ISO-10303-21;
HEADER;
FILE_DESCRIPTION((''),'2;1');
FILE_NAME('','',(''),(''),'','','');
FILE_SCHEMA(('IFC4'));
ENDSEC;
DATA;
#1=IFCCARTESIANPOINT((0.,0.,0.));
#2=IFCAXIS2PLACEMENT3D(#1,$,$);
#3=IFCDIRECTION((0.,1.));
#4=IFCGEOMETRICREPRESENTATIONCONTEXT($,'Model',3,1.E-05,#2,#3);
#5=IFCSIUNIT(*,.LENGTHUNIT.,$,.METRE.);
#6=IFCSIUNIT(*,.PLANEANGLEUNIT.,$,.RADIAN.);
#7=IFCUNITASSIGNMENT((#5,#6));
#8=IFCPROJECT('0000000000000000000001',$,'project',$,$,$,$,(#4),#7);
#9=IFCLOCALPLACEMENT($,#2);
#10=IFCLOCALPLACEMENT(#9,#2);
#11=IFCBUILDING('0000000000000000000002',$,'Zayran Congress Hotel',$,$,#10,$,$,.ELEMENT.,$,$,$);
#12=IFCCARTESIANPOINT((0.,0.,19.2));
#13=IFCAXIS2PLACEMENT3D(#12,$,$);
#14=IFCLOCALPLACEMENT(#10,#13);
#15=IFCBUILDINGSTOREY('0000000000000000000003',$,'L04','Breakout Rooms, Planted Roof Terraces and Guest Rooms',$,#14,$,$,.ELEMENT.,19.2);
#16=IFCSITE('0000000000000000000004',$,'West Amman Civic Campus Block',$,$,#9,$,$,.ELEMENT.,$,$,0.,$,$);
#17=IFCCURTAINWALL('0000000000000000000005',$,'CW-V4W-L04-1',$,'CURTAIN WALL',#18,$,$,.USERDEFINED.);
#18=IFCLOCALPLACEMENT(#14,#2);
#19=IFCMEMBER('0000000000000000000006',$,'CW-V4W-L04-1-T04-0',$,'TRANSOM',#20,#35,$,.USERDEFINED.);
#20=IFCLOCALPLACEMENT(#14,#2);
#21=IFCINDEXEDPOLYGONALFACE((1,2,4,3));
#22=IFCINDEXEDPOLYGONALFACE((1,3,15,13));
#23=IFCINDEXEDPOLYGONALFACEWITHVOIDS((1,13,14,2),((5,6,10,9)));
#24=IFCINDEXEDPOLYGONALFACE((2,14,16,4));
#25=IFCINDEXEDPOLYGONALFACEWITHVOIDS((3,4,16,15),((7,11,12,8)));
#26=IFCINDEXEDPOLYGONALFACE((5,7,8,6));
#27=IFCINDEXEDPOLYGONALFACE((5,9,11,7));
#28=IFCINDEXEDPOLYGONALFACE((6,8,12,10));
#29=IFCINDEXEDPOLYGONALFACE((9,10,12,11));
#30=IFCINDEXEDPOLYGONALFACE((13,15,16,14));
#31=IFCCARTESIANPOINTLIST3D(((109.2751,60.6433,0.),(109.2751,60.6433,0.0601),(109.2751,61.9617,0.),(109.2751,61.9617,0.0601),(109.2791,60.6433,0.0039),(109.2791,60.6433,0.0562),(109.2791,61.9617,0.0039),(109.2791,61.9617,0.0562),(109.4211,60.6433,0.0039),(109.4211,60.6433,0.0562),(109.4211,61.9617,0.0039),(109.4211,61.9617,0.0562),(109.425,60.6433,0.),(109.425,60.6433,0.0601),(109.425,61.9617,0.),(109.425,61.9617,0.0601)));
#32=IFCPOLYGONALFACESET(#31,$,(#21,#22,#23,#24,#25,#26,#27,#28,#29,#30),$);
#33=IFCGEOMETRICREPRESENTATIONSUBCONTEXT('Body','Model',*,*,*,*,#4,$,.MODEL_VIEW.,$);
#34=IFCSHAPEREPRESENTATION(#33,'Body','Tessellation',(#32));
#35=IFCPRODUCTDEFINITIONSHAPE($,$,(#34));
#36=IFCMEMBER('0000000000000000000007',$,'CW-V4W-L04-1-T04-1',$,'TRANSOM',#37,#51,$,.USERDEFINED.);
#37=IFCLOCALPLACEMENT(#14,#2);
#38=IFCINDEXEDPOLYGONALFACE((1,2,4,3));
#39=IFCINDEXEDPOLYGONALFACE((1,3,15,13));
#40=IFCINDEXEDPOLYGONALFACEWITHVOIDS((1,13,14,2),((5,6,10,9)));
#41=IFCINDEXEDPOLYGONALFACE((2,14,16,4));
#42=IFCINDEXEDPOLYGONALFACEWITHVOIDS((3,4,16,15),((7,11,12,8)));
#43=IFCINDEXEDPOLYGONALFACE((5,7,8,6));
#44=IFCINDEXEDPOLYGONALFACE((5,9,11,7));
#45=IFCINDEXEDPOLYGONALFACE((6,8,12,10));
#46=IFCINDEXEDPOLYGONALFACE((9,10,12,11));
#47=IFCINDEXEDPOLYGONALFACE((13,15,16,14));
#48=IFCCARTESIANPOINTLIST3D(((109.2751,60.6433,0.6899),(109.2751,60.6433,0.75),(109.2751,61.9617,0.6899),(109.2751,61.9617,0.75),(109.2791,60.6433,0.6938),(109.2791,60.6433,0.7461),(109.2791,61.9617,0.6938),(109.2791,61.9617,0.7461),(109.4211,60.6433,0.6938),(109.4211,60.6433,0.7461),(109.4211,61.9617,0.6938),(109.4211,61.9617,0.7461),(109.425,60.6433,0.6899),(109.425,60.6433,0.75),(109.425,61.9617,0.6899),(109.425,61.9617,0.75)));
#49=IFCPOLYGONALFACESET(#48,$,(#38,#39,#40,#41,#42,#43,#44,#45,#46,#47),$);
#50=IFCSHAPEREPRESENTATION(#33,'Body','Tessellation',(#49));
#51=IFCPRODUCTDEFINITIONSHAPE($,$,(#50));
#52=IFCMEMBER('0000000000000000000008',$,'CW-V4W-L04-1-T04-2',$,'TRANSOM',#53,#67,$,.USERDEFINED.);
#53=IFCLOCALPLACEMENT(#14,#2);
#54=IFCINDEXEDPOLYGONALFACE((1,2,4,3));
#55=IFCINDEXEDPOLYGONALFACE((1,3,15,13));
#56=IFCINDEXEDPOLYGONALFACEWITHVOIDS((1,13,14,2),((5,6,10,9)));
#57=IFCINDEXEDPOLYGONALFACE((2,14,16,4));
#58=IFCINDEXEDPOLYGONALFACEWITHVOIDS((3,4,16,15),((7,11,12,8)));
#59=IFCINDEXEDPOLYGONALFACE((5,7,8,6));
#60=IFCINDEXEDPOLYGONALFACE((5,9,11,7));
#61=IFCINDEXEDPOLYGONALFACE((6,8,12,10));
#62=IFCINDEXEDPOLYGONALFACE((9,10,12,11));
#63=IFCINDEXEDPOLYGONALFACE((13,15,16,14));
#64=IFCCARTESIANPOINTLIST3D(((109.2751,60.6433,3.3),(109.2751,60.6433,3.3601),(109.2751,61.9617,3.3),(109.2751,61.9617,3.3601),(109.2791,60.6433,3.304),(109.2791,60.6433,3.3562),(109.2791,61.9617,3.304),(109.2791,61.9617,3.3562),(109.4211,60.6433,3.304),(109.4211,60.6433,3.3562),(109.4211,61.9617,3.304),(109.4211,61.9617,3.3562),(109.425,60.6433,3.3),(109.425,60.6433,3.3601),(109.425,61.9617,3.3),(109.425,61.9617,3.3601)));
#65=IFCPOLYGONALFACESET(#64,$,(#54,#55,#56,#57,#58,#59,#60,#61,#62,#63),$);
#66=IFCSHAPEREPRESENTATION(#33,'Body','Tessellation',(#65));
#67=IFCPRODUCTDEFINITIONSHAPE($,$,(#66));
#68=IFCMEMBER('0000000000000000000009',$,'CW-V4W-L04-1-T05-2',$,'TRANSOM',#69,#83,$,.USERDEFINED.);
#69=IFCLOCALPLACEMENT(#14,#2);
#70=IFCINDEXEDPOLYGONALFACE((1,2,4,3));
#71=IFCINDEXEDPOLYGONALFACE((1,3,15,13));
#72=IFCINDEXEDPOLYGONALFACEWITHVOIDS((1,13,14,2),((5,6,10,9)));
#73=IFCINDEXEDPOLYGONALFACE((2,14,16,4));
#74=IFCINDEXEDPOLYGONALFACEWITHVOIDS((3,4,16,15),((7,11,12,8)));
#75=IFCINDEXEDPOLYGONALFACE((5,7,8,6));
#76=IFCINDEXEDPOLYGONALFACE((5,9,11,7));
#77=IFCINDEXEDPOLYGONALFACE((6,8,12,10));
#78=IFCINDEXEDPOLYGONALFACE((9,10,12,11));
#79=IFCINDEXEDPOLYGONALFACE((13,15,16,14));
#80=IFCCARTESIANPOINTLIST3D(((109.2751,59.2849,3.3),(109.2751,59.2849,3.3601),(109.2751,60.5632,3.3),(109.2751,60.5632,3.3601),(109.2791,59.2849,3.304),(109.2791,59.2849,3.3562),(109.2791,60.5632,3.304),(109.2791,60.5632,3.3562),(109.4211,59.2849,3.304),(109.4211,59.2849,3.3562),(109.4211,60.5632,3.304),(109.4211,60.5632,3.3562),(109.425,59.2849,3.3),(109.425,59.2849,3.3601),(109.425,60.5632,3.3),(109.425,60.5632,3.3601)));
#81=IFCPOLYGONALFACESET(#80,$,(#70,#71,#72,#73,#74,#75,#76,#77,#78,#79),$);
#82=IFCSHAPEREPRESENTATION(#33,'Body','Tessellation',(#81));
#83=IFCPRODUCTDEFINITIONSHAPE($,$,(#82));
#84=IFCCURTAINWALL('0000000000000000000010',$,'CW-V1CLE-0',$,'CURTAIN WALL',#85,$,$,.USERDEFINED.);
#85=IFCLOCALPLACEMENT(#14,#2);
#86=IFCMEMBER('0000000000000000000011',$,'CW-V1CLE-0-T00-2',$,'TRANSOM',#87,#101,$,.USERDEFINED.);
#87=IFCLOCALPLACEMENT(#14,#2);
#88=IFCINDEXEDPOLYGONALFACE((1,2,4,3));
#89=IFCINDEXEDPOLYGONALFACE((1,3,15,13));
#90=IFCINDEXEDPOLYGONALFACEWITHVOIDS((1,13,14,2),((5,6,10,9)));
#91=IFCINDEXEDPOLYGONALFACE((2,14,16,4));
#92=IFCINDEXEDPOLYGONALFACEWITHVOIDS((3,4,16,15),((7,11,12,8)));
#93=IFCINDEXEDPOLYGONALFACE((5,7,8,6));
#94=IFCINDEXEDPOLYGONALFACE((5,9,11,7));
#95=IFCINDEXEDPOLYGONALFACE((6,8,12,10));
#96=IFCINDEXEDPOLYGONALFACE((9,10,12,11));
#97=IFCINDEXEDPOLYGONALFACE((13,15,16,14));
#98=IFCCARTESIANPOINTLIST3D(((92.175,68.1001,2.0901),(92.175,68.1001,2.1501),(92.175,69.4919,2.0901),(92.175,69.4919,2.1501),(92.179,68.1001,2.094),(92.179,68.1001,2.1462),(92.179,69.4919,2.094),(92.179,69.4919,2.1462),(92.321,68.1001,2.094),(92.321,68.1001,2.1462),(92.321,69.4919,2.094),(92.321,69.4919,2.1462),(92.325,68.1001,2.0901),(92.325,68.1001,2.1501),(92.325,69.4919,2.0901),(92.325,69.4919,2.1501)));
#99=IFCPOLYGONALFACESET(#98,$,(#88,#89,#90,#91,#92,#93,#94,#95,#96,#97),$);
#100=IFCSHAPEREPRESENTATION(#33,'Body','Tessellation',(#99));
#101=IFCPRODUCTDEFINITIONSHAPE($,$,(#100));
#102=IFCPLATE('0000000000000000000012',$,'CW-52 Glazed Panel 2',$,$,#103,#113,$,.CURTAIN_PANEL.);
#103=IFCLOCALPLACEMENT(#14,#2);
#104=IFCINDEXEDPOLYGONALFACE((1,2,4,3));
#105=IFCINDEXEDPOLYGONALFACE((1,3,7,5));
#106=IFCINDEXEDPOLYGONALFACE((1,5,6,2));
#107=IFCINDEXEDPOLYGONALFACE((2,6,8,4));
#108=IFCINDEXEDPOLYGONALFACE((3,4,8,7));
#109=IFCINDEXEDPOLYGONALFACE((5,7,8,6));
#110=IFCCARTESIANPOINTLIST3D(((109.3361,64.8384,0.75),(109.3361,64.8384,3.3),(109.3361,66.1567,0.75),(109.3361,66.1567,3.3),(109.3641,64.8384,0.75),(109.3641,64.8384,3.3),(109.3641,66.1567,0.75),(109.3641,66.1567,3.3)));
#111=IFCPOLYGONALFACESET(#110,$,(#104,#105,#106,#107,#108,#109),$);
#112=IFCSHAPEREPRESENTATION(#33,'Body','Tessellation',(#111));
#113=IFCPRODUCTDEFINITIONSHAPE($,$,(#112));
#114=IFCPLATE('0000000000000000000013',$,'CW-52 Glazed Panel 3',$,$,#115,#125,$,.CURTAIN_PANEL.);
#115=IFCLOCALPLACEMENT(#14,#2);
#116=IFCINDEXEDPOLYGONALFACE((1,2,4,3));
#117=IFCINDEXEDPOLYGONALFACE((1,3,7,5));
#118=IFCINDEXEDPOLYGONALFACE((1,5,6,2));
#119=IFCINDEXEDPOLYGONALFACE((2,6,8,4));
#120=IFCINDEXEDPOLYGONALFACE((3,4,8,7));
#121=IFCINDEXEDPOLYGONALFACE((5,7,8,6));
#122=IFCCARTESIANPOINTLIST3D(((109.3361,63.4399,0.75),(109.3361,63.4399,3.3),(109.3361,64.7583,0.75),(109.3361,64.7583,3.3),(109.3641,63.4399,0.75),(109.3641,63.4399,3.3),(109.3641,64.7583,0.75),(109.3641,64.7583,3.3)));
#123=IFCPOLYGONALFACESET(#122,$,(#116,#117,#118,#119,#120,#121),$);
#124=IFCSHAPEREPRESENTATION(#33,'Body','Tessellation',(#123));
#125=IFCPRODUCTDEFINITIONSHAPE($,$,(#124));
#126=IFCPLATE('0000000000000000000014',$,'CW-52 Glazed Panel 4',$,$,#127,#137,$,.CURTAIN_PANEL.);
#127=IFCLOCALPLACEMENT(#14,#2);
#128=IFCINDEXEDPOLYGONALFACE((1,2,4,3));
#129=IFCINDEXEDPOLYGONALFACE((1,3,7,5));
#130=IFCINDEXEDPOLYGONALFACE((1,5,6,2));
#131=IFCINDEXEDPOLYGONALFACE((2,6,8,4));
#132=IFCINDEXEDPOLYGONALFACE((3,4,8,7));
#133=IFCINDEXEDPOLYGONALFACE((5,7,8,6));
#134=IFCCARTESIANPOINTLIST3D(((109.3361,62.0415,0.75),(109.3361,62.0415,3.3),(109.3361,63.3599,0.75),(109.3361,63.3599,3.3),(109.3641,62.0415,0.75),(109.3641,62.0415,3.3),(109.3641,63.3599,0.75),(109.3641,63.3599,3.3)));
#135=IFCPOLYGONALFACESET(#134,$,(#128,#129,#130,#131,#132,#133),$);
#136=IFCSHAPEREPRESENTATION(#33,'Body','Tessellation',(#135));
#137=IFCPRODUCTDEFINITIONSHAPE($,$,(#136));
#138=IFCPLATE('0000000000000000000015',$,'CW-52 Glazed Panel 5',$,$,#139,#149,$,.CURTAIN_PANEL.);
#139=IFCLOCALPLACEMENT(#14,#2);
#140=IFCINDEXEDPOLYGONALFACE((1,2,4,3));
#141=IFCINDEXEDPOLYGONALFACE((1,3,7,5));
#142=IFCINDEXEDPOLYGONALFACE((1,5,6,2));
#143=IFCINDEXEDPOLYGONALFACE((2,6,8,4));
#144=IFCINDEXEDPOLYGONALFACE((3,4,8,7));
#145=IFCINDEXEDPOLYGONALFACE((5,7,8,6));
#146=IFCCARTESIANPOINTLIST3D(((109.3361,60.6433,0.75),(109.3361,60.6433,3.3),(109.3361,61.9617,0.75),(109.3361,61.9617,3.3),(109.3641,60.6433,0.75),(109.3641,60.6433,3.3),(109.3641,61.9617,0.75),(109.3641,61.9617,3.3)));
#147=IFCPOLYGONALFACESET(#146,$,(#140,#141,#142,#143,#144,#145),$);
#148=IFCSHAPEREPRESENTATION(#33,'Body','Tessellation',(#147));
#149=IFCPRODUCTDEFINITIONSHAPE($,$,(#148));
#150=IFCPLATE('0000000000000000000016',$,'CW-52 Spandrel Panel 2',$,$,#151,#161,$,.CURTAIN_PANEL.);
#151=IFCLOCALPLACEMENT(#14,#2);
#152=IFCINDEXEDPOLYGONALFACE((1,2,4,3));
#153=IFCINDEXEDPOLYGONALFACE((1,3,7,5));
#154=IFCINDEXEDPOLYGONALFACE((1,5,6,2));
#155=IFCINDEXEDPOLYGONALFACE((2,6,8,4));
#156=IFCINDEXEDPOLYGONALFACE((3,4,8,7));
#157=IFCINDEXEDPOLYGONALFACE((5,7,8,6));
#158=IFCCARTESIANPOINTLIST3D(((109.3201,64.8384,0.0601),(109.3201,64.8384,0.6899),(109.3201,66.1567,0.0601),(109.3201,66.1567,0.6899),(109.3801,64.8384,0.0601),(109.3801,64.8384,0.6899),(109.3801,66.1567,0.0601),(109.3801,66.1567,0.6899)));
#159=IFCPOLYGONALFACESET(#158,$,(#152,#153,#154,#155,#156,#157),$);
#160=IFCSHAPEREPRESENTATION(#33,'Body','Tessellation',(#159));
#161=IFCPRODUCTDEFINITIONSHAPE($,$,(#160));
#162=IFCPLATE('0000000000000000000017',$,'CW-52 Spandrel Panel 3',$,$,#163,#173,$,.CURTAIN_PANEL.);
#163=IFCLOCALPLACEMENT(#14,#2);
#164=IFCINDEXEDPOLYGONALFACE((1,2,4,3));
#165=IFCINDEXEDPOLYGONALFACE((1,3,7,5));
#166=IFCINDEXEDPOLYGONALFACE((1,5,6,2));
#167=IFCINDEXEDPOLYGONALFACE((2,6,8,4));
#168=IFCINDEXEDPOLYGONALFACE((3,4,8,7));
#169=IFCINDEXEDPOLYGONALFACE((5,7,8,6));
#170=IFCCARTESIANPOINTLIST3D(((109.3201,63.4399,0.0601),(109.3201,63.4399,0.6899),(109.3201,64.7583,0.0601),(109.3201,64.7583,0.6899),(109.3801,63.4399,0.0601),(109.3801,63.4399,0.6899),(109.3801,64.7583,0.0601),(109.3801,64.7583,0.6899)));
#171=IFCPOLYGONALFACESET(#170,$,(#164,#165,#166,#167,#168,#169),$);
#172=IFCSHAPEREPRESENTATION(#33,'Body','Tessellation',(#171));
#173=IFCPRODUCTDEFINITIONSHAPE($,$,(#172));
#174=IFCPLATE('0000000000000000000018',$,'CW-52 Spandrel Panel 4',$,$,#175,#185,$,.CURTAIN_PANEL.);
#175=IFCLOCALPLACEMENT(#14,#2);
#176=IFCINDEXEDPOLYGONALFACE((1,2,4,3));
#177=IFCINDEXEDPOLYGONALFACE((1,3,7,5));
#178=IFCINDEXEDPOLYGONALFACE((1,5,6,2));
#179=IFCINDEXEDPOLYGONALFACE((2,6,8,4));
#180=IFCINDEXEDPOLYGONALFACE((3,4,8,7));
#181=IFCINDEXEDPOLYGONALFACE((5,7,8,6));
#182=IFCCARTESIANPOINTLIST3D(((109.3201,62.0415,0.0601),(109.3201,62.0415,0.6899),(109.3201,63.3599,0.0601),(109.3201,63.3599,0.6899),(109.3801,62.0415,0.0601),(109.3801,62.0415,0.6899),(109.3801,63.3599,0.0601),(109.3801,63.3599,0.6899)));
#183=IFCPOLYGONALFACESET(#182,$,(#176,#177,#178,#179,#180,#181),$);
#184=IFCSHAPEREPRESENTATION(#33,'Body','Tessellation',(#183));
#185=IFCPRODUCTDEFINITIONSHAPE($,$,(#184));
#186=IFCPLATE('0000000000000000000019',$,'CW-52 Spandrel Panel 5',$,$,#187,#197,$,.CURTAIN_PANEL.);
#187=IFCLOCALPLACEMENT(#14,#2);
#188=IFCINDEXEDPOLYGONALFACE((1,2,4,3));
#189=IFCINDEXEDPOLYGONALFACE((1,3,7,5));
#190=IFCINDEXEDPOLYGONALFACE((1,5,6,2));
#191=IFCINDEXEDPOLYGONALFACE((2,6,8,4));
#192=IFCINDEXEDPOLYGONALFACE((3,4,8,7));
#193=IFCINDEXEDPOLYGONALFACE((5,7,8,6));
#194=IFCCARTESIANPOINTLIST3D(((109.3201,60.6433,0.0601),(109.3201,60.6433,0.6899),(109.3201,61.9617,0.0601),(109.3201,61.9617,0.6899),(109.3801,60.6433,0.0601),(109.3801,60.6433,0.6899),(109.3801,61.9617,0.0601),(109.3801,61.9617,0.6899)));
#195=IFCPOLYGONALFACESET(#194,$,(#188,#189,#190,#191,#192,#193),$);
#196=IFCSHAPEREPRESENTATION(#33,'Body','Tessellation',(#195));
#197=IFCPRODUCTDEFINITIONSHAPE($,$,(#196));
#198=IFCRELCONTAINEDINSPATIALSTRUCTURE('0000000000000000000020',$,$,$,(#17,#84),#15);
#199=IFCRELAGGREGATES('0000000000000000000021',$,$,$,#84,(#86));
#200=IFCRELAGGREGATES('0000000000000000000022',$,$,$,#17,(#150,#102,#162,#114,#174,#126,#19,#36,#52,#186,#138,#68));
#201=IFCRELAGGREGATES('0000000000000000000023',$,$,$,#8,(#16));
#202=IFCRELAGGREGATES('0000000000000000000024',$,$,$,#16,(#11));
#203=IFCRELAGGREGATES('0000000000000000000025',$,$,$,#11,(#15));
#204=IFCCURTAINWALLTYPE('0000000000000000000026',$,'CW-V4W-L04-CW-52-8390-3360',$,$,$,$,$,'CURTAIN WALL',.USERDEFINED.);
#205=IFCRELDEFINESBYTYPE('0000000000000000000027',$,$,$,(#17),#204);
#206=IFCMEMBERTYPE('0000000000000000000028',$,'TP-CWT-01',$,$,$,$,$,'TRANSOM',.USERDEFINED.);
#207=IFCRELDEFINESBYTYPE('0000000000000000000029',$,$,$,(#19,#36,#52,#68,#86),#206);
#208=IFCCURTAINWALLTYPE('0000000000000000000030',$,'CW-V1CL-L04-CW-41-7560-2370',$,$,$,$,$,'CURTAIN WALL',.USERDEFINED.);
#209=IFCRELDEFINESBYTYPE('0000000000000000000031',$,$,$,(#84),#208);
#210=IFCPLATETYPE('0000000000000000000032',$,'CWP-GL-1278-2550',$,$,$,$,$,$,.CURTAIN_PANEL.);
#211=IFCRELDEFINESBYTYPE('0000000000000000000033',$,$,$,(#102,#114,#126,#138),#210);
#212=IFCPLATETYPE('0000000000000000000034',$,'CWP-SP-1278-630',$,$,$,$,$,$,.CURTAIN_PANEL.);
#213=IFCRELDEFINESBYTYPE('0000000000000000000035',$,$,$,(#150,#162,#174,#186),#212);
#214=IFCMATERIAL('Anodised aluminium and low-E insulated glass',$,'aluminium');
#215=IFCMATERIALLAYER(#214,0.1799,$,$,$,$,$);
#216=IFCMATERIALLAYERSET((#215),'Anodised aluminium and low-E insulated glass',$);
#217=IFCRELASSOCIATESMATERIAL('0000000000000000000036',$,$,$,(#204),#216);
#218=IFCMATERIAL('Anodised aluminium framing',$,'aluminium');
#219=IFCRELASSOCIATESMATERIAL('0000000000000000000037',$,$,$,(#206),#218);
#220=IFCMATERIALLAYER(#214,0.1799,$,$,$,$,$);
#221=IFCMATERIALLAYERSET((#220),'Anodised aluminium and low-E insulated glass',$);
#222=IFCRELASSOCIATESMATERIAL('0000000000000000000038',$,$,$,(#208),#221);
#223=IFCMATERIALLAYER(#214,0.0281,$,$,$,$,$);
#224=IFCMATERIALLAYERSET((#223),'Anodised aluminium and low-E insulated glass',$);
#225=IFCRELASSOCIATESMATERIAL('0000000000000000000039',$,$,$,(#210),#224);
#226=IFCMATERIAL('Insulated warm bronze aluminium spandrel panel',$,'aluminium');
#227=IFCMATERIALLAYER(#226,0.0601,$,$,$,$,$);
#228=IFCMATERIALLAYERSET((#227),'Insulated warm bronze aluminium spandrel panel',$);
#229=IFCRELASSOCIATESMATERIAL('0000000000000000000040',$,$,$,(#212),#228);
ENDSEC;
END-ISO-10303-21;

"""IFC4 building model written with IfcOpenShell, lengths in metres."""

from ifc_helpers import new_model, si_unit, direction, frame, origin, origin_2d, place, context, subcontext, project, spatial, rectangle, hollow_rectangle, extrude, material, layer, layer_set, material_profile, profile_set, type_object, element, aggregate, save


model = new_model("IFC4")

# Units and contexts
model_context = context("Model", 3, precision=1e-05, world=origin(), true_north=direction((0.0, 1.0)))
body_context = subcontext(model_context, "Body", "Model", "MODEL_VIEW")
ifc_project = project(units=[si_unit("LENGTHUNIT", "METRE"), si_unit("PLANEANGLEUNIT", "RADIAN")], contexts=[model_context])

# Site, building, storey
site_placement = place(None, origin())
site = spatial("IfcSite", under=ifc_project, at=site_placement, Name="West Amman Civic Campus Block", CompositionType="ELEMENT", RefElevation=0.0)
building_placement = place(site_placement, origin())
building = spatial("IfcBuilding", under=site, at=building_placement, Name="Zayran Congress Hotel", CompositionType="ELEMENT")
storey_placement = place(building_placement, frame((0.0, 0.0, 19.2)))
storey = spatial("IfcBuildingStorey", under=building, at=storey_placement, Name="L04", Description="Breakout Rooms, Planted Roof Terraces and Guest Rooms", CompositionType="ELEMENT", Elevation=19.2)

# Curtain wall, members
ifc_material_1 = material(Name="Anodised aluminium and low-E insulated glass", Category="aluminium")
ifc_layer_1 = layer(ifc_material_1, 0.1799)
ifc_layer_set_1 = layer_set([ifc_layer_1], Name="Anodised aluminium and low-E insulated glass")
curtain_wall_type_1 = type_object("IfcCurtainWallType", Name="CW-V4W-L04-CW-52-8390-3360", ElementType="CURTAIN WALL", PredefinedType="USERDEFINED", material=ifc_layer_set_1)
curtain_wall_1_placement = place(storey_placement, origin())
curtain_wall_1 = element("IfcCurtainWall", 1, at=curtain_wall_1_placement, inside=storey, type_object=curtain_wall_type_1, Name="CW-V4W-L04-1", ObjectType="CURTAIN WALL", PredefinedType="USERDEFINED")
ifc_material_2 = material(Name="Anodised aluminium framing", Category="aluminium")
ifc_material_profile_1 = material_profile(ifc_material_2, hollow_rectangle(XDim=0.0601, YDim=0.1499, WallThickness=0.0039, at=origin_2d()), Name="RHS 150x60x4")
ifc_profile_set_1 = profile_set([ifc_material_profile_1], Name="Anodised aluminium framing")
member_type_1 = type_object("IfcMemberType", Name="TP-CWT-01", ElementType="TRANSOM", PredefinedType="USERDEFINED", material=ifc_profile_set_1)
member_1_placement = place(storey_placement, frame((109.3501, 61.9617, 0.03), z_axis=(0.0, -1.0, 0.0), x_axis=(0.0, 0.0, 1.0)))
member_1 = element("IfcMember", 2, at=member_1_placement, type_object=member_type_1, Name="CW-V4W-L04-1-T04-0", ObjectType="TRANSOM", PredefinedType="USERDEFINED", context=body_context, shape_type="SweptSolid", body=[
    extrude(hollow_rectangle(XDim=0.0601, YDim=0.1499, WallThickness=0.0039, at=origin_2d()), origin(), (0.0, 0.0, 1.0), 1.3184),
])
member_2_placement = place(storey_placement, frame((109.3501, 61.9617, 0.72), z_axis=(0.0, -1.0, 0.0), x_axis=(0.0, 0.0, 1.0)))
member_2 = element("IfcMember", 3, at=member_2_placement, type_object=member_type_1, Name="CW-V4W-L04-1-T04-1", ObjectType="TRANSOM", PredefinedType="USERDEFINED", context=body_context, shape_type="SweptSolid", body=[
    extrude(hollow_rectangle(XDim=0.0601, YDim=0.1499, WallThickness=0.0039, at=origin_2d()), origin(), (0.0, 0.0, 1.0), 1.3184),
])
member_3_placement = place(storey_placement, frame((109.3501, 61.9617, 3.3301), z_axis=(0.0, -1.0, 0.0), x_axis=(0.0, 0.0, 1.0)))
member_3 = element("IfcMember", 4, at=member_3_placement, type_object=member_type_1, Name="CW-V4W-L04-1-T04-2", ObjectType="TRANSOM", PredefinedType="USERDEFINED", context=body_context, shape_type="SweptSolid", body=[
    extrude(hollow_rectangle(XDim=0.0601, YDim=0.1499, WallThickness=0.0039, at=origin_2d()), origin(), (0.0, 0.0, 1.0), 1.3184),
])
member_4_placement = place(storey_placement, frame((109.3501, 60.5632, 3.3301), z_axis=(0.0, -1.0, 0.0), x_axis=(0.0, 0.0, 1.0)))
member_4 = element("IfcMember", 5, at=member_4_placement, type_object=member_type_1, Name="CW-V4W-L04-1-T05-2", ObjectType="TRANSOM", PredefinedType="USERDEFINED", context=body_context, shape_type="SweptSolid", body=[
    extrude(hollow_rectangle(XDim=0.0601, YDim=0.1499, WallThickness=0.0039, at=origin_2d()), origin(), (0.0, 0.0, 1.0), 1.2783),
])

# Curtain wall, member
ifc_layer_2 = layer(ifc_material_1, 0.1799)
ifc_layer_set_2 = layer_set([ifc_layer_2], Name="Anodised aluminium and low-E insulated glass")
curtain_wall_type_2 = type_object("IfcCurtainWallType", Name="CW-V1CL-L04-CW-41-7560-2370", ElementType="CURTAIN WALL", PredefinedType="USERDEFINED", material=ifc_layer_set_2)
curtain_wall_2_placement = place(storey_placement, origin())
curtain_wall_2 = element("IfcCurtainWall", 6, at=curtain_wall_2_placement, inside=storey, type_object=curtain_wall_type_2, Name="CW-V1CLE-0", ObjectType="CURTAIN WALL", PredefinedType="USERDEFINED")
member_5_placement = place(storey_placement, frame((92.25, 68.1001, 2.1201), z_axis=(0.0, 1.0, 0.0), x_axis=(0.0, 0.0, 1.0)))
member_5 = element("IfcMember", 7, at=member_5_placement, type_object=member_type_1, Name="CW-V1CLE-0-T00-2", ObjectType="TRANSOM", PredefinedType="USERDEFINED", context=body_context, shape_type="SweptSolid", body=[
    extrude(hollow_rectangle(XDim=0.0601, YDim=0.1499, WallThickness=0.0039, at=origin_2d()), origin(), (0.0, 0.0, 1.0), 1.3918),
])
aggregate(curtain_wall_2, [member_5])

# Plates
ifc_layer_3 = layer(ifc_material_1, 0.0281)
ifc_layer_set_3 = layer_set([ifc_layer_3], Name="Anodised aluminium and low-E insulated glass")
plate_type_1 = type_object("IfcPlateType", Name="CWP-GL-1278-2550", PredefinedType="CURTAIN_PANEL", material=ifc_layer_set_3)
plate_1_placement = place(storey_placement, frame((109.3501, 65.4976, 0.75), z_axis=(0.0, 0.0, 1.0), x_axis=(0.0, 1.0, 0.0)))
plate_1 = element("IfcPlate", 8, at=plate_1_placement, type_object=plate_type_1, Name="CW-52 Glazed Panel 2", PredefinedType="CURTAIN_PANEL", context=body_context, shape_type="SweptSolid", body=[
    extrude(rectangle(XDim=1.3184, YDim=0.0281, at=origin_2d()), origin(), (0.0, 0.0, 1.0), 2.55),
])
plate_2_placement = place(storey_placement, frame((109.3501, 64.0991, 0.75), z_axis=(0.0, 0.0, 1.0), x_axis=(0.0, 1.0, 0.0)))
plate_2 = element("IfcPlate", 9, at=plate_2_placement, type_object=plate_type_1, Name="CW-52 Glazed Panel 3", PredefinedType="CURTAIN_PANEL", context=body_context, shape_type="SweptSolid", body=[
    extrude(rectangle(XDim=1.3184, YDim=0.0281, at=origin_2d()), origin(), (0.0, 0.0, 1.0), 2.55),
])
plate_3_placement = place(storey_placement, frame((109.3501, 62.7007, 0.75), z_axis=(0.0, 0.0, 1.0), x_axis=(0.0, 1.0, 0.0)))
plate_3 = element("IfcPlate", 10, at=plate_3_placement, type_object=plate_type_1, Name="CW-52 Glazed Panel 4", PredefinedType="CURTAIN_PANEL", context=body_context, shape_type="SweptSolid", body=[
    extrude(rectangle(XDim=1.3184, YDim=0.0281, at=origin_2d()), origin(), (0.0, 0.0, 1.0), 2.55),
])
plate_4_placement = place(storey_placement, frame((109.3501, 61.3025, 0.75), z_axis=(0.0, 0.0, 1.0), x_axis=(0.0, 1.0, 0.0)))
plate_4 = element("IfcPlate", 11, at=plate_4_placement, type_object=plate_type_1, Name="CW-52 Glazed Panel 5", PredefinedType="CURTAIN_PANEL", context=body_context, shape_type="SweptSolid", body=[
    extrude(rectangle(XDim=1.3184, YDim=0.0281, at=origin_2d()), origin(), (0.0, 0.0, 1.0), 2.55),
])
ifc_material_3 = material(Name="Insulated warm bronze aluminium spandrel panel", Category="aluminium")
ifc_layer_4 = layer(ifc_material_3, 0.0601)
ifc_layer_set_4 = layer_set([ifc_layer_4], Name="Insulated warm bronze aluminium spandrel panel")
plate_type_2 = type_object("IfcPlateType", Name="CWP-SP-1278-630", PredefinedType="CURTAIN_PANEL", material=ifc_layer_set_4)
plate_5_placement = place(storey_placement, frame((109.3501, 65.4976, 0.0601), z_axis=(0.0, 0.0, 1.0), x_axis=(0.0, 1.0, 0.0)))
plate_5 = element("IfcPlate", 12, at=plate_5_placement, type_object=plate_type_2, Name="CW-52 Spandrel Panel 2", PredefinedType="CURTAIN_PANEL", context=body_context, shape_type="SweptSolid", body=[
    extrude(rectangle(XDim=1.3184, YDim=0.0601, at=origin_2d()), origin(), (0.0, 0.0, 1.0), 0.6299),
])
plate_6_placement = place(storey_placement, frame((109.3501, 64.0991, 0.0601), z_axis=(0.0, 0.0, 1.0), x_axis=(0.0, 1.0, 0.0)))
plate_6 = element("IfcPlate", 13, at=plate_6_placement, type_object=plate_type_2, Name="CW-52 Spandrel Panel 3", PredefinedType="CURTAIN_PANEL", context=body_context, shape_type="SweptSolid", body=[
    extrude(rectangle(XDim=1.3184, YDim=0.0601, at=origin_2d()), origin(), (0.0, 0.0, 1.0), 0.6299),
])
plate_7_placement = place(storey_placement, frame((109.3501, 62.7007, 0.0601), z_axis=(0.0, 0.0, 1.0), x_axis=(0.0, 1.0, 0.0)))
plate_7 = element("IfcPlate", 14, at=plate_7_placement, type_object=plate_type_2, Name="CW-52 Spandrel Panel 4", PredefinedType="CURTAIN_PANEL", context=body_context, shape_type="SweptSolid", body=[
    extrude(rectangle(XDim=1.3184, YDim=0.0601, at=origin_2d()), origin(), (0.0, 0.0, 1.0), 0.6299),
])
plate_8_placement = place(storey_placement, frame((109.3501, 61.3025, 0.0601), z_axis=(0.0, 0.0, 1.0), x_axis=(0.0, 1.0, 0.0)))
plate_8 = element("IfcPlate", 15, at=plate_8_placement, type_object=plate_type_2, Name="CW-52 Spandrel Panel 5", PredefinedType="CURTAIN_PANEL", context=body_context, shape_type="SweptSolid", body=[
    extrude(rectangle(XDim=1.3184, YDim=0.0601, at=origin_2d()), origin(), (0.0, 0.0, 1.0), 0.6299),
])
aggregate(curtain_wall_1, [plate_5, plate_1, plate_6, plate_2, plate_7, plate_3, member_1, member_2, member_3, plate_8, plate_4, member_4])

save(model, "model.ifc")
